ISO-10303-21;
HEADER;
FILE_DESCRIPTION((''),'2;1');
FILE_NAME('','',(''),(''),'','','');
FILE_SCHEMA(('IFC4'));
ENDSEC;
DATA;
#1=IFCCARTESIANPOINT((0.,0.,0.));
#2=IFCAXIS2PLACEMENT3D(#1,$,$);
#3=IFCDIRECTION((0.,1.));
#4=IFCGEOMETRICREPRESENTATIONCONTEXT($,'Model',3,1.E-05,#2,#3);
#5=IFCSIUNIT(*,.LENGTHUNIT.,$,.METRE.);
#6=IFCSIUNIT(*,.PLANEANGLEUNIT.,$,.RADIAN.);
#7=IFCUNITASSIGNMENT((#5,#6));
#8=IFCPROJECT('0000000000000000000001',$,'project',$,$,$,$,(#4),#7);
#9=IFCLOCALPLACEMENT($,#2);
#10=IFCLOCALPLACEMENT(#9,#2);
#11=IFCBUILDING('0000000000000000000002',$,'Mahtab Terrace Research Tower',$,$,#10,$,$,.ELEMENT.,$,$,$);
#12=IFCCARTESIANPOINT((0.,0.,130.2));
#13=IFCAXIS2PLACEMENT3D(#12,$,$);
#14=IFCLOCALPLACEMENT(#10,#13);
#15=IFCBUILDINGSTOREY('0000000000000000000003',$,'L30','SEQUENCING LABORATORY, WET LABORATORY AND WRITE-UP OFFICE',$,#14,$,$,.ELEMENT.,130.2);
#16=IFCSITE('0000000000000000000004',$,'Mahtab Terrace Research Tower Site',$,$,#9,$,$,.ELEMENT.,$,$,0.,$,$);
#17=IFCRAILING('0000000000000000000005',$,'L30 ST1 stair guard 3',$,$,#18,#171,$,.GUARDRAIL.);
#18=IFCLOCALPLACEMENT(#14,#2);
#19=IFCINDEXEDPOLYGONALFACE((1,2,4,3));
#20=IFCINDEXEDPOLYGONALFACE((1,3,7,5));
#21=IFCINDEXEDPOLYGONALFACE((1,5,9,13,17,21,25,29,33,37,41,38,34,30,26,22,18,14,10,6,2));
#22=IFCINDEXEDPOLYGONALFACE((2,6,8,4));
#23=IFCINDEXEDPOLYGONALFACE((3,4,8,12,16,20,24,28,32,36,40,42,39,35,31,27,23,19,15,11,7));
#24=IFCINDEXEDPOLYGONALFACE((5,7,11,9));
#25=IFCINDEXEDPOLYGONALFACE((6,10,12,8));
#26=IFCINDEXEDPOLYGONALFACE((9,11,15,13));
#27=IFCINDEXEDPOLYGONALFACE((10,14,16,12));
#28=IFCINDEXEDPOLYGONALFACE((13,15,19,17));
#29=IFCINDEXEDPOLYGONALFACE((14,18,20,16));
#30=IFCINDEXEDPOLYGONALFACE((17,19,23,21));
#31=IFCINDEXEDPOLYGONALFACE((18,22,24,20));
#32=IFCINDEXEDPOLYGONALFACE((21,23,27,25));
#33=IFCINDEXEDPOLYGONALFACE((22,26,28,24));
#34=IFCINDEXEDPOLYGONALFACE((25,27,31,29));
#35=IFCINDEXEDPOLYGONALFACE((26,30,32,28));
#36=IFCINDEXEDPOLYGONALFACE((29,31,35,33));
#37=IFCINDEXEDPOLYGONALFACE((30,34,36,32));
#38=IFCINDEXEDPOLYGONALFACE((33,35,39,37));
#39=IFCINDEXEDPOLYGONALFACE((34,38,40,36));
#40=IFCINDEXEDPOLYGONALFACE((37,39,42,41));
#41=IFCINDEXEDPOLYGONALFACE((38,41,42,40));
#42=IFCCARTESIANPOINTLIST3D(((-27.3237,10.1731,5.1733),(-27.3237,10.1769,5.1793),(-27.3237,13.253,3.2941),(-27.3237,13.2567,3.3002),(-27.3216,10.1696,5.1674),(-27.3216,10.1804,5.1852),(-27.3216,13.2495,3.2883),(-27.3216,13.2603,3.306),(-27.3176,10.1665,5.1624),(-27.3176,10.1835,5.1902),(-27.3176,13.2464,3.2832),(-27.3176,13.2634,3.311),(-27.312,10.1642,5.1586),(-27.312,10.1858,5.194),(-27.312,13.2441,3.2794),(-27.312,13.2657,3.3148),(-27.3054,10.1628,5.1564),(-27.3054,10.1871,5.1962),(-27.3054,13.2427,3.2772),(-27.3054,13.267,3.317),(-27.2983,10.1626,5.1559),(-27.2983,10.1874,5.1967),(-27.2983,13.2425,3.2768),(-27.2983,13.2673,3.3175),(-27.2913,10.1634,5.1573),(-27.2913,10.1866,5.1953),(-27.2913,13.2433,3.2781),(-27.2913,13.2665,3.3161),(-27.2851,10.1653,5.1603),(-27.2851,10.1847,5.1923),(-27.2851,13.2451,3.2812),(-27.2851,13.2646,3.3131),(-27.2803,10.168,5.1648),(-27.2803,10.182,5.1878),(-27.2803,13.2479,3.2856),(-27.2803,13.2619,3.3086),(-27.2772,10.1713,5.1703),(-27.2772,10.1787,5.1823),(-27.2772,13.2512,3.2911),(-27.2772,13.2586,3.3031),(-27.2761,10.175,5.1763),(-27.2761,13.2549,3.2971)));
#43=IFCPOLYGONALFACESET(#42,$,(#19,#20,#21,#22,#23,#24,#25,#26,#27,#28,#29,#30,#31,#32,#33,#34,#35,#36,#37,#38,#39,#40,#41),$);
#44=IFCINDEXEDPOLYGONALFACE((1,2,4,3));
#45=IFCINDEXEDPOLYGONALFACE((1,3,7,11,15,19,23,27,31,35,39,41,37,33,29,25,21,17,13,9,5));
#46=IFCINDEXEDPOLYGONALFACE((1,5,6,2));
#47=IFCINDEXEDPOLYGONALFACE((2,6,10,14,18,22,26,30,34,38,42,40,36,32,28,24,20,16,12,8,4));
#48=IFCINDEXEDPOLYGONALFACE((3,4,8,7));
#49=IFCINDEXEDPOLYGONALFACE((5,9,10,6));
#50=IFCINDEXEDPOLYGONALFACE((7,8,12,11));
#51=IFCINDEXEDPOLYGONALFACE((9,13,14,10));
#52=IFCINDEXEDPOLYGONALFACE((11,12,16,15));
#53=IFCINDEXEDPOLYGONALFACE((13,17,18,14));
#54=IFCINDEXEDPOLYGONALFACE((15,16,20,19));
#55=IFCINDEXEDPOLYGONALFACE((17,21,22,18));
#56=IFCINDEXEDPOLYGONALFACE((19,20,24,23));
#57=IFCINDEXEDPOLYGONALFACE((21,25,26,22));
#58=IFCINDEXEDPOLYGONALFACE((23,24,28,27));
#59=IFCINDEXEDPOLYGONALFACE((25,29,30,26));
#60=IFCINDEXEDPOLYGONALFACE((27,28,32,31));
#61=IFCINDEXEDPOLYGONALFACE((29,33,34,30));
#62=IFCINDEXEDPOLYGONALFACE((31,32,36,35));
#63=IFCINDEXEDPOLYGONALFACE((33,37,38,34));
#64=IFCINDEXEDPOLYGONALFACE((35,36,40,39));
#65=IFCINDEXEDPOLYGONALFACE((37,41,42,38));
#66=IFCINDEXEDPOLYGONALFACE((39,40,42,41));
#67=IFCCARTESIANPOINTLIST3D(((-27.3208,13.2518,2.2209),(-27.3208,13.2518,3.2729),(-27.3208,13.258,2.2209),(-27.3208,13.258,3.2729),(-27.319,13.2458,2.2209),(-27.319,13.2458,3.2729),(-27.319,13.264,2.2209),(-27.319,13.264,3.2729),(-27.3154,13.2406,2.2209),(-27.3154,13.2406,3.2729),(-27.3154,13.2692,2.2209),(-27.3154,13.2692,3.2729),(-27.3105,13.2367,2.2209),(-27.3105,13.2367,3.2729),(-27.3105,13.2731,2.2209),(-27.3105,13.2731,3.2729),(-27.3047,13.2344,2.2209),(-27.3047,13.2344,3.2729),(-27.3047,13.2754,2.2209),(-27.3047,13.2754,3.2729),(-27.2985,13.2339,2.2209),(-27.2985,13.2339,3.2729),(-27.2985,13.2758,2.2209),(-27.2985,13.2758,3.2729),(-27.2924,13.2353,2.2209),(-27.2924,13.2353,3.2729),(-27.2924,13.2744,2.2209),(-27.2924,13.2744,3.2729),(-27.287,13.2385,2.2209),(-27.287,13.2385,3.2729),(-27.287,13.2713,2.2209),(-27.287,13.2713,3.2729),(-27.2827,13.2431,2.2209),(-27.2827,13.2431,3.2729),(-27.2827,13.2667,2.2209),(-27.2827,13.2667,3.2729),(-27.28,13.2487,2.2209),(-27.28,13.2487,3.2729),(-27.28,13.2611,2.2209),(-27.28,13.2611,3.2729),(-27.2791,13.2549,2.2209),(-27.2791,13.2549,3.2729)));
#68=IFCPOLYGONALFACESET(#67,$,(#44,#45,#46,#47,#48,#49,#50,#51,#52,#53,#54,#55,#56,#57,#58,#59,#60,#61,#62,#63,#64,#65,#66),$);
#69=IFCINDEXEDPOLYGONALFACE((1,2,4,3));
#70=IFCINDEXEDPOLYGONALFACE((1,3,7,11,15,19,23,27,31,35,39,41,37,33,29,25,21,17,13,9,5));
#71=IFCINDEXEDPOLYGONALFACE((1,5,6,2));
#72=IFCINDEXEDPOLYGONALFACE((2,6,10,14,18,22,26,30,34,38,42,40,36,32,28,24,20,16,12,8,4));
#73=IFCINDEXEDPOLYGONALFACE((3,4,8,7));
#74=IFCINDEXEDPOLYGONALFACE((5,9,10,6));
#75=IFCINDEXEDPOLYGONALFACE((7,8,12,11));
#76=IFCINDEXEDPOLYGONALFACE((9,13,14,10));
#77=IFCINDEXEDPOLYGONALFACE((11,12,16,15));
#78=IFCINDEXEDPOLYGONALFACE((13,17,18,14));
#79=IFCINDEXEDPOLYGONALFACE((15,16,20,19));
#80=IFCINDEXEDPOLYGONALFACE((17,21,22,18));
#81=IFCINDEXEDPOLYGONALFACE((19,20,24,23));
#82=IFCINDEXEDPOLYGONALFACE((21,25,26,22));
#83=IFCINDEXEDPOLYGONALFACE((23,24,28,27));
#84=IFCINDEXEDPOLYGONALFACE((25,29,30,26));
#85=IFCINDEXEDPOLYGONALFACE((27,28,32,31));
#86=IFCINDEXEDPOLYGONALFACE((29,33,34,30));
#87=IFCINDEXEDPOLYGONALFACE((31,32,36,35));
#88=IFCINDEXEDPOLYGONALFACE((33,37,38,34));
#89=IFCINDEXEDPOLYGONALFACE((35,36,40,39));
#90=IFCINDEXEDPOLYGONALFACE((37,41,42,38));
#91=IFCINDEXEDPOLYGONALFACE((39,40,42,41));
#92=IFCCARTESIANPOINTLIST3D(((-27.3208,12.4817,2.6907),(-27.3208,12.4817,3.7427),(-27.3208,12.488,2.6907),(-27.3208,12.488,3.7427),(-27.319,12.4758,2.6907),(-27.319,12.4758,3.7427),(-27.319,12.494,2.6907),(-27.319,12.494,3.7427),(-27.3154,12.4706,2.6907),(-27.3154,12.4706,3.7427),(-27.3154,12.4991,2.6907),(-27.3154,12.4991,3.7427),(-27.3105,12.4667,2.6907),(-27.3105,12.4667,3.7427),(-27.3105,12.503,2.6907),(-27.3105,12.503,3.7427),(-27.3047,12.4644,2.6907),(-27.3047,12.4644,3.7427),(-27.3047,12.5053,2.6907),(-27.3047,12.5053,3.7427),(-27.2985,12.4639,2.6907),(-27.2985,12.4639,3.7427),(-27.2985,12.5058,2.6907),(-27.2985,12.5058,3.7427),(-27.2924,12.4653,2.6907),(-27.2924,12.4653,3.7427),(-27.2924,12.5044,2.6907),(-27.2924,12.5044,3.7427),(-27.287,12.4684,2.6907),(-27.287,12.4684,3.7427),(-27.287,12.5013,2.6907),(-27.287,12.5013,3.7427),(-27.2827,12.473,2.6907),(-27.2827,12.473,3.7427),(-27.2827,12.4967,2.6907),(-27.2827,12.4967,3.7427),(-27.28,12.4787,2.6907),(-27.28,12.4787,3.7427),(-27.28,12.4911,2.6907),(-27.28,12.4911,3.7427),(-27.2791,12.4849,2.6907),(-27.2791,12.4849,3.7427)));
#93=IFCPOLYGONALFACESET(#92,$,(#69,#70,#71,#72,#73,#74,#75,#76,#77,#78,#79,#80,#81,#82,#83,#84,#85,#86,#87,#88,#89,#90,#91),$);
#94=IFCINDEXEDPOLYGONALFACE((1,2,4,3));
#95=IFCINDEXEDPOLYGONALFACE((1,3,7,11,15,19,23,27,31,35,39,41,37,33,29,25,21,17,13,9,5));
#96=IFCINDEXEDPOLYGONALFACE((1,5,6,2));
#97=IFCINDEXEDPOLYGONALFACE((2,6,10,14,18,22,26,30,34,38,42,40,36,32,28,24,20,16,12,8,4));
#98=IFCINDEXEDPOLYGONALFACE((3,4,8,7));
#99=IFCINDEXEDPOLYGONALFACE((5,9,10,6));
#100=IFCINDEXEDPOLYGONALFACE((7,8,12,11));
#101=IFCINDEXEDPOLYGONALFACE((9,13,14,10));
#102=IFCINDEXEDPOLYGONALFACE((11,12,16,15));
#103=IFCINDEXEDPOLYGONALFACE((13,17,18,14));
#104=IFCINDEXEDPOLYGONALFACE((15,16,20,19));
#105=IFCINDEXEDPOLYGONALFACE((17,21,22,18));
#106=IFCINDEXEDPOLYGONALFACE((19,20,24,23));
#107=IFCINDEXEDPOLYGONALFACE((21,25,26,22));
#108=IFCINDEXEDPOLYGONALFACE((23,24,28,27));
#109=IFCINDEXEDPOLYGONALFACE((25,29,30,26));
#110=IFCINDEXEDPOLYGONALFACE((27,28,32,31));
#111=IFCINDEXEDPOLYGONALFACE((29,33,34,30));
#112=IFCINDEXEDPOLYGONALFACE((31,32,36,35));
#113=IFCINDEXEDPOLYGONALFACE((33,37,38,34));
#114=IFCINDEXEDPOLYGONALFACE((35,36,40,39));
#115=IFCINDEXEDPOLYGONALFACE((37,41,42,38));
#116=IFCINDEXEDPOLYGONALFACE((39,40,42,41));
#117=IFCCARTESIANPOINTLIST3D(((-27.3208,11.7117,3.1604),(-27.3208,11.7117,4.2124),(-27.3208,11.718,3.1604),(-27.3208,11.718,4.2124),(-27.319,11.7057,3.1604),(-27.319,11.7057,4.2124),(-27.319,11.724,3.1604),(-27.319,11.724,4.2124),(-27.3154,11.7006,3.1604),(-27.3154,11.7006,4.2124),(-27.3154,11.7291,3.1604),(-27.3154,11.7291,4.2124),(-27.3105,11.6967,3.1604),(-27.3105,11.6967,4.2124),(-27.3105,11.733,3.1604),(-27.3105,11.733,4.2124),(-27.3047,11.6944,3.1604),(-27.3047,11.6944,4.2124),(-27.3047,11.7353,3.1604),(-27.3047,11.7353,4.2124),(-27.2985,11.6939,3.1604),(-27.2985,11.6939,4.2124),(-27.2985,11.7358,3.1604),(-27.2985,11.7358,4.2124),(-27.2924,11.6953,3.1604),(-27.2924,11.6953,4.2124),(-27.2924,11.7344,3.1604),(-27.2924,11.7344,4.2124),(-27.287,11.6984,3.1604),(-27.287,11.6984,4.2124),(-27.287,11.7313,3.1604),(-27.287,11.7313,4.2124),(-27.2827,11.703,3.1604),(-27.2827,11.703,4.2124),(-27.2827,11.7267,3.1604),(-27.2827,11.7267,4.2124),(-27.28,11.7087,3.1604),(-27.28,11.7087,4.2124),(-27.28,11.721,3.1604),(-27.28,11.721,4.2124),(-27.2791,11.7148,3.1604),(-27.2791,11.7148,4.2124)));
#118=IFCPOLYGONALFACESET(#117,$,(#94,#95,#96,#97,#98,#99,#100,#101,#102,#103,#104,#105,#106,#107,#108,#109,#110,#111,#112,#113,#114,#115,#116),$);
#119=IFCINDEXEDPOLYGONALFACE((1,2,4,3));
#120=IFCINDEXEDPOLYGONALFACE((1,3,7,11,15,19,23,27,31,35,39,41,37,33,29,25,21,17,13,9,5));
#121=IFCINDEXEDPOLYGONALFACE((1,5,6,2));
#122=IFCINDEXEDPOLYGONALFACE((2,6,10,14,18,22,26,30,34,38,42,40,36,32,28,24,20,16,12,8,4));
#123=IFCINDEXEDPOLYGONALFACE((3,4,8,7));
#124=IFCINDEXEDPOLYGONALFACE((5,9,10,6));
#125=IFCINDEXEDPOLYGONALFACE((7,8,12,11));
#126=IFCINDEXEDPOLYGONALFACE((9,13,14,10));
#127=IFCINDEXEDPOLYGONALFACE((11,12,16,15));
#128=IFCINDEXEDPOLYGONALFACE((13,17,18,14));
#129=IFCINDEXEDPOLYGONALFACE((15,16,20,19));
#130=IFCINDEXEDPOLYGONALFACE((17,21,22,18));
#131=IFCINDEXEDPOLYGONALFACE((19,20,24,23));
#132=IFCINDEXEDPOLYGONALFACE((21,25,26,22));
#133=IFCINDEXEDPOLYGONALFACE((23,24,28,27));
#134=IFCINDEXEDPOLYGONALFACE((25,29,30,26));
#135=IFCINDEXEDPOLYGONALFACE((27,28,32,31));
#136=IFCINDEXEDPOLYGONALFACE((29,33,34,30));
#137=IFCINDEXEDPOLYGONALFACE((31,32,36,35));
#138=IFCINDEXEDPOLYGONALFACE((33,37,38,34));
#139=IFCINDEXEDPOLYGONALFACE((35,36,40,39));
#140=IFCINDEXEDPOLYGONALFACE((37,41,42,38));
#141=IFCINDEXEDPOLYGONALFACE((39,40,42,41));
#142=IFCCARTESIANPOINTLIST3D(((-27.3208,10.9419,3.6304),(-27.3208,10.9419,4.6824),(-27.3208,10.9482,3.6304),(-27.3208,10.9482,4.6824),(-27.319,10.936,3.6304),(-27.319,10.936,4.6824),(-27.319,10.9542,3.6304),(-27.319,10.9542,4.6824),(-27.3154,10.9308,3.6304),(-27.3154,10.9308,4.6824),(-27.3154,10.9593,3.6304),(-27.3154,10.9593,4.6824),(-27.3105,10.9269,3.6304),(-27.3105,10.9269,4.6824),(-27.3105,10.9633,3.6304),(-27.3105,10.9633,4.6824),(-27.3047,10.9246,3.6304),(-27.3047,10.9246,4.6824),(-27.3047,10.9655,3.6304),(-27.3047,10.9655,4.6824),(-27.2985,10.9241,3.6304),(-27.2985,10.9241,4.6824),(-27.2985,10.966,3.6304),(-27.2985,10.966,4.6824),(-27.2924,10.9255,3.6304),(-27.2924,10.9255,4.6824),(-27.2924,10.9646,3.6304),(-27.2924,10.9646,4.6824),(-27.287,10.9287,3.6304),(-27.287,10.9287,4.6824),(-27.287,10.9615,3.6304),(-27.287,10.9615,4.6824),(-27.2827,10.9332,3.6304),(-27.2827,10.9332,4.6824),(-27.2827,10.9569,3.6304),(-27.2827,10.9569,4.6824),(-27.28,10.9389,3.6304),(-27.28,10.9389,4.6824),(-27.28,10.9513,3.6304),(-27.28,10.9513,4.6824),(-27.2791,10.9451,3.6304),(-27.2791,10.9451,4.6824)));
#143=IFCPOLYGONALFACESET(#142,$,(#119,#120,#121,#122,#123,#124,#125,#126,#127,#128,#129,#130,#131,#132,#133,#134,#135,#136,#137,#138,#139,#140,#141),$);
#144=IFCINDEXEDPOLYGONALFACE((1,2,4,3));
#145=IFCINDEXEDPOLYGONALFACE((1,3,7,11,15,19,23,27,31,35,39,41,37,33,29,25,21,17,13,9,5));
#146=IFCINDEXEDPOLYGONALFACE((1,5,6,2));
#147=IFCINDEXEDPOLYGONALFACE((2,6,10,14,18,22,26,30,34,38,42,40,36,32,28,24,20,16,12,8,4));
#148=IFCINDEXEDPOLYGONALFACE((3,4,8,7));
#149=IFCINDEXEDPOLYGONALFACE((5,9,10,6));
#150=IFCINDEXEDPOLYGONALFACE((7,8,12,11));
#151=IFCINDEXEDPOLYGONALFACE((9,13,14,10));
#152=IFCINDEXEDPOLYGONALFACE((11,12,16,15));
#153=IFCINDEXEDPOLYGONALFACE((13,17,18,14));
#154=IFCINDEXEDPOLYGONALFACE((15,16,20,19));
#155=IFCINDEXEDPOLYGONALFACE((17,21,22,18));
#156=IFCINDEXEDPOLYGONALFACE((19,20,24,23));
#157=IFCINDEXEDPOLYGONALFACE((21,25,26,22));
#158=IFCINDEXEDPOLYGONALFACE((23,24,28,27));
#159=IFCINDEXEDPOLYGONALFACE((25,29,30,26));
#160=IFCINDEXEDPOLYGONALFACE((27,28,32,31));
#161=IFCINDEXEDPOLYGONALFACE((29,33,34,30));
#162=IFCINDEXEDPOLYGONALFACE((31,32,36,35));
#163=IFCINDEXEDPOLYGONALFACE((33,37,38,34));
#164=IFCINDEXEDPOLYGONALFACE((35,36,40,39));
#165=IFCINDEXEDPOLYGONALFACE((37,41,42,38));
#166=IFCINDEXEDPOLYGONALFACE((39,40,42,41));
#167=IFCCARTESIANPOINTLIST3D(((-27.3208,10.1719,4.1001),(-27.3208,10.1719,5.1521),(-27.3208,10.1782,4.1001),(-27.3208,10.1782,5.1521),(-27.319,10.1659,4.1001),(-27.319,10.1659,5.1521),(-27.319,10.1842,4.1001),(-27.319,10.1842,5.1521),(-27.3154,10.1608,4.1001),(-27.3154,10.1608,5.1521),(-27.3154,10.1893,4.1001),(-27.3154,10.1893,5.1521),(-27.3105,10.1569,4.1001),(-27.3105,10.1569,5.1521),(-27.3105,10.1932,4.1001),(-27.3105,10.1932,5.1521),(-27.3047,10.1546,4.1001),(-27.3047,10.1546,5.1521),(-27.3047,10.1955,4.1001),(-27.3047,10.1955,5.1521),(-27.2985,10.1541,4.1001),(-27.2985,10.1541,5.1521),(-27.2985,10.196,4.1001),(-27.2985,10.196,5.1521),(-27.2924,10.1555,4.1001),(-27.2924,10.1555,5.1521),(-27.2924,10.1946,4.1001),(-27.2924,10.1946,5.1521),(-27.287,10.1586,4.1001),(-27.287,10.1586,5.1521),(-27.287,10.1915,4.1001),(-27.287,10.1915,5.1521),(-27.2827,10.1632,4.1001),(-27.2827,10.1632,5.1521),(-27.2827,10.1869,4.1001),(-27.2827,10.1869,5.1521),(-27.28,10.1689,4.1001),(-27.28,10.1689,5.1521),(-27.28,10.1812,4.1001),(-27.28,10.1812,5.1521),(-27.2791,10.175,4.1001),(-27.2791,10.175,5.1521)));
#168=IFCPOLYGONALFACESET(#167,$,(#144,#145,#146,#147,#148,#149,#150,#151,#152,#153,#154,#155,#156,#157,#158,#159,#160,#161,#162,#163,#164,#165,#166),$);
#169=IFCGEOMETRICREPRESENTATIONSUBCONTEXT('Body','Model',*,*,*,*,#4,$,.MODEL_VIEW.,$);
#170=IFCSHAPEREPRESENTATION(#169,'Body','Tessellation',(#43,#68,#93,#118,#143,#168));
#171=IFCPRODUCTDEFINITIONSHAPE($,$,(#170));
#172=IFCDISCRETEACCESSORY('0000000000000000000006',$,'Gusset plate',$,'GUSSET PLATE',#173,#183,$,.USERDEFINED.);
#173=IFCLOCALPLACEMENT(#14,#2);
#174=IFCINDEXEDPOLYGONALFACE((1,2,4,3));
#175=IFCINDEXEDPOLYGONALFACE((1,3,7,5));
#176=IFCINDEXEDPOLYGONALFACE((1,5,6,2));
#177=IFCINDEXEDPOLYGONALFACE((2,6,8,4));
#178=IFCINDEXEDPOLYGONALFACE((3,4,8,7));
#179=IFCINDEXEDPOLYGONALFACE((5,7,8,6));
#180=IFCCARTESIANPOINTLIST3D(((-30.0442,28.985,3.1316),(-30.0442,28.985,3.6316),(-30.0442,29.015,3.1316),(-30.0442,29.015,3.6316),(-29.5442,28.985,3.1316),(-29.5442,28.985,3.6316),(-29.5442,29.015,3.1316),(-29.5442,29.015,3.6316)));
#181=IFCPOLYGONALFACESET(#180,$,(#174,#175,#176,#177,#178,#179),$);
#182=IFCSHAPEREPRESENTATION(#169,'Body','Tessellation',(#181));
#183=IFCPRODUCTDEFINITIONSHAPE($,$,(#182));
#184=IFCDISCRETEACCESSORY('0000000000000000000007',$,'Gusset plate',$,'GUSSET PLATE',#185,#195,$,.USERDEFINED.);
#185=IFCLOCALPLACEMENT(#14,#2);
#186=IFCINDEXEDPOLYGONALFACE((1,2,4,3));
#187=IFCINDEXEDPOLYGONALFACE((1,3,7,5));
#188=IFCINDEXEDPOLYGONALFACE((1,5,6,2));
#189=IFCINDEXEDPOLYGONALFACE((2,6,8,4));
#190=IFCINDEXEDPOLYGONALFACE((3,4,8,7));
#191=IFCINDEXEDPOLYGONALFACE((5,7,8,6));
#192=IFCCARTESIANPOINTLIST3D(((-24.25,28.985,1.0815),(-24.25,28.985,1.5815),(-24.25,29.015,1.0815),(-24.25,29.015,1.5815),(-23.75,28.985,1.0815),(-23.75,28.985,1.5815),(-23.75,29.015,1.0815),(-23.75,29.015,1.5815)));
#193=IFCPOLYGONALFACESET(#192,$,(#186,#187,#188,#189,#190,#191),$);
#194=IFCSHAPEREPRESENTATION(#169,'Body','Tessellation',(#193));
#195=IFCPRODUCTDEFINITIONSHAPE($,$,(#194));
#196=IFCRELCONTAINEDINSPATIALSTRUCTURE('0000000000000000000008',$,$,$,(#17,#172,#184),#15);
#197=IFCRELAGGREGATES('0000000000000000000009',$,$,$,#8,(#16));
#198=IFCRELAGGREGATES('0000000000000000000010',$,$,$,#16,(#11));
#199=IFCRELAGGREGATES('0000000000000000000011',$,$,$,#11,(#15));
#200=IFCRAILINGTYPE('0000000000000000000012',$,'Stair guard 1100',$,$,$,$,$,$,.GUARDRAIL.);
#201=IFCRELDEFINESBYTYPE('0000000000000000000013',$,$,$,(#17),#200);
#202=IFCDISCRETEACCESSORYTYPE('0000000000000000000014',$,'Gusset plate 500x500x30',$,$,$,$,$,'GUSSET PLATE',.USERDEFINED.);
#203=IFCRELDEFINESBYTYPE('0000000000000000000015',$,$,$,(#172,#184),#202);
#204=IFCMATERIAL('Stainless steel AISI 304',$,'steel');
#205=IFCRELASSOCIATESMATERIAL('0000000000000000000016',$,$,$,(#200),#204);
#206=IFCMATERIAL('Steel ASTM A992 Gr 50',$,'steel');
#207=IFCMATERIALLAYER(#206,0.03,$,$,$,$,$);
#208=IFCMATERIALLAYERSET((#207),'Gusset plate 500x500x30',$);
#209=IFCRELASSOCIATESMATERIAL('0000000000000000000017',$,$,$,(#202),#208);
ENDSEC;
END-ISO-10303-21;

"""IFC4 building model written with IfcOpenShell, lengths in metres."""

from ifc_helpers import new_model, si_unit, direction, frame, origin, origin_2d, place, context, subcontext, project, spatial, rectangle, circle, extrude, material, layer, layer_set, type_object, element, save


model = new_model("IFC4")

# Units and contexts
model_context = context("Model", 3, precision=1e-05, world=origin(), true_north=direction((0.0, 1.0)))
body_context = subcontext(model_context, "Body", "Model", "MODEL_VIEW")
ifc_project = project(units=[si_unit("LENGTHUNIT", "METRE"), si_unit("PLANEANGLEUNIT", "RADIAN")], contexts=[model_context])

# Site, building, storey
site_placement = place(None, origin())
site = spatial("IfcSite", under=ifc_project, at=site_placement, Name="Mahtab Terrace Research Tower Site", CompositionType="ELEMENT", RefElevation=0.0)
building_placement = place(site_placement, origin())
building = spatial("IfcBuilding", under=site, at=building_placement, Name="Mahtab Terrace Research Tower", CompositionType="ELEMENT")
storey_placement = place(building_placement, frame((0.0, 0.0, 130.2)))
storey = spatial("IfcBuildingStorey", under=building, at=storey_placement, Name="L30", Description="SEQUENCING LABORATORY, WET LABORATORY AND WRITE-UP OFFICE", CompositionType="ELEMENT", Elevation=130.2)

# Shared definitions
ifc_material_1 = material(Name="Steel ASTM A992 Gr 50", Category="steel")

# Shared definitions
ifc_material_2 = material(Name="Stainless steel AISI 304", Category="steel")

# Railing
railing_type = type_object("IfcRailingType", Name="Stair guard 1100", PredefinedType="GUARDRAIL", material=ifc_material_2)
railing_1_placement = place(storey_placement, frame((-27.3, 13.2549, 2.2209)))
element("IfcRailing", 1, at=railing_1_placement, inside=storey, type_object=railing_type, Name="L30 ST1 stair guard 3", PredefinedType="GUARDRAIL", context=body_context, shape_type="SweptSolid", body=[
    extrude(circle(Radius=0.0239, at=origin_2d()), frame((0.0, 0.0, 1.0762), z_axis=(0.0, -0.853648, 0.52085), x_axis=(1.0, 0.0, 0.0)), (0.0, 0.0, 1.0), 3.6079),
    extrude(circle(Radius=0.021, at=origin_2d()), origin(), (0.0, 0.0, 1.0), 1.052),
    extrude(circle(Radius=0.021, at=origin_2d()), frame((0.0, -0.77, 0.4697)), (0.0, 0.0, 1.0), 1.052),
    extrude(circle(Radius=0.021, at=origin_2d()), frame((0.0, -1.54, 0.9395)), (0.0, 0.0, 1.0), 1.052),
    extrude(circle(Radius=0.021, at=origin_2d()), frame((0.0, -2.3098, 1.4094)), (0.0, 0.0, 1.0), 1.052),
    extrude(circle(Radius=0.021, at=origin_2d()), frame((0.0, -3.0798, 1.8792)), (0.0, 0.0, 1.0), 1.052),
])

# Discrete accessories
ifc_layer_1 = layer(ifc_material_1, 0.03)
ifc_layer_set_1 = layer_set([ifc_layer_1], Name="Gusset plate 500x500x30")
discrete_accessory_type = type_object("IfcDiscreteAccessoryType", Name="Gusset plate 500x500x30", ElementType="GUSSET PLATE", PredefinedType="USERDEFINED", material=ifc_layer_set_1)
for number, where, z_axis, x_axis, name in (
    (2, (-29.7942, 29.0, 3.1316), (0.0, 0.0, 1.0), (1.0, 0.0, 0.0), "Gusset plate"),
    (3, (-24.0, 29.0, 1.0815), (0.0, 0.0, 1.0), (1.0, 0.0, 0.0), "Gusset plate"),
):
    element("IfcDiscreteAccessory", number, at=place(storey_placement, frame(where, z_axis=z_axis, x_axis=x_axis)), inside=storey, type_object=discrete_accessory_type, Name=name, ObjectType="GUSSET PLATE", PredefinedType="USERDEFINED", context=body_context, shape_type="SweptSolid", body=[
        extrude(rectangle(XDim=0.5, YDim=0.03, at=origin_2d()), origin(), (0.0, 0.0, 1.0), 0.5),
    ])

save(model, "model.ifc")
